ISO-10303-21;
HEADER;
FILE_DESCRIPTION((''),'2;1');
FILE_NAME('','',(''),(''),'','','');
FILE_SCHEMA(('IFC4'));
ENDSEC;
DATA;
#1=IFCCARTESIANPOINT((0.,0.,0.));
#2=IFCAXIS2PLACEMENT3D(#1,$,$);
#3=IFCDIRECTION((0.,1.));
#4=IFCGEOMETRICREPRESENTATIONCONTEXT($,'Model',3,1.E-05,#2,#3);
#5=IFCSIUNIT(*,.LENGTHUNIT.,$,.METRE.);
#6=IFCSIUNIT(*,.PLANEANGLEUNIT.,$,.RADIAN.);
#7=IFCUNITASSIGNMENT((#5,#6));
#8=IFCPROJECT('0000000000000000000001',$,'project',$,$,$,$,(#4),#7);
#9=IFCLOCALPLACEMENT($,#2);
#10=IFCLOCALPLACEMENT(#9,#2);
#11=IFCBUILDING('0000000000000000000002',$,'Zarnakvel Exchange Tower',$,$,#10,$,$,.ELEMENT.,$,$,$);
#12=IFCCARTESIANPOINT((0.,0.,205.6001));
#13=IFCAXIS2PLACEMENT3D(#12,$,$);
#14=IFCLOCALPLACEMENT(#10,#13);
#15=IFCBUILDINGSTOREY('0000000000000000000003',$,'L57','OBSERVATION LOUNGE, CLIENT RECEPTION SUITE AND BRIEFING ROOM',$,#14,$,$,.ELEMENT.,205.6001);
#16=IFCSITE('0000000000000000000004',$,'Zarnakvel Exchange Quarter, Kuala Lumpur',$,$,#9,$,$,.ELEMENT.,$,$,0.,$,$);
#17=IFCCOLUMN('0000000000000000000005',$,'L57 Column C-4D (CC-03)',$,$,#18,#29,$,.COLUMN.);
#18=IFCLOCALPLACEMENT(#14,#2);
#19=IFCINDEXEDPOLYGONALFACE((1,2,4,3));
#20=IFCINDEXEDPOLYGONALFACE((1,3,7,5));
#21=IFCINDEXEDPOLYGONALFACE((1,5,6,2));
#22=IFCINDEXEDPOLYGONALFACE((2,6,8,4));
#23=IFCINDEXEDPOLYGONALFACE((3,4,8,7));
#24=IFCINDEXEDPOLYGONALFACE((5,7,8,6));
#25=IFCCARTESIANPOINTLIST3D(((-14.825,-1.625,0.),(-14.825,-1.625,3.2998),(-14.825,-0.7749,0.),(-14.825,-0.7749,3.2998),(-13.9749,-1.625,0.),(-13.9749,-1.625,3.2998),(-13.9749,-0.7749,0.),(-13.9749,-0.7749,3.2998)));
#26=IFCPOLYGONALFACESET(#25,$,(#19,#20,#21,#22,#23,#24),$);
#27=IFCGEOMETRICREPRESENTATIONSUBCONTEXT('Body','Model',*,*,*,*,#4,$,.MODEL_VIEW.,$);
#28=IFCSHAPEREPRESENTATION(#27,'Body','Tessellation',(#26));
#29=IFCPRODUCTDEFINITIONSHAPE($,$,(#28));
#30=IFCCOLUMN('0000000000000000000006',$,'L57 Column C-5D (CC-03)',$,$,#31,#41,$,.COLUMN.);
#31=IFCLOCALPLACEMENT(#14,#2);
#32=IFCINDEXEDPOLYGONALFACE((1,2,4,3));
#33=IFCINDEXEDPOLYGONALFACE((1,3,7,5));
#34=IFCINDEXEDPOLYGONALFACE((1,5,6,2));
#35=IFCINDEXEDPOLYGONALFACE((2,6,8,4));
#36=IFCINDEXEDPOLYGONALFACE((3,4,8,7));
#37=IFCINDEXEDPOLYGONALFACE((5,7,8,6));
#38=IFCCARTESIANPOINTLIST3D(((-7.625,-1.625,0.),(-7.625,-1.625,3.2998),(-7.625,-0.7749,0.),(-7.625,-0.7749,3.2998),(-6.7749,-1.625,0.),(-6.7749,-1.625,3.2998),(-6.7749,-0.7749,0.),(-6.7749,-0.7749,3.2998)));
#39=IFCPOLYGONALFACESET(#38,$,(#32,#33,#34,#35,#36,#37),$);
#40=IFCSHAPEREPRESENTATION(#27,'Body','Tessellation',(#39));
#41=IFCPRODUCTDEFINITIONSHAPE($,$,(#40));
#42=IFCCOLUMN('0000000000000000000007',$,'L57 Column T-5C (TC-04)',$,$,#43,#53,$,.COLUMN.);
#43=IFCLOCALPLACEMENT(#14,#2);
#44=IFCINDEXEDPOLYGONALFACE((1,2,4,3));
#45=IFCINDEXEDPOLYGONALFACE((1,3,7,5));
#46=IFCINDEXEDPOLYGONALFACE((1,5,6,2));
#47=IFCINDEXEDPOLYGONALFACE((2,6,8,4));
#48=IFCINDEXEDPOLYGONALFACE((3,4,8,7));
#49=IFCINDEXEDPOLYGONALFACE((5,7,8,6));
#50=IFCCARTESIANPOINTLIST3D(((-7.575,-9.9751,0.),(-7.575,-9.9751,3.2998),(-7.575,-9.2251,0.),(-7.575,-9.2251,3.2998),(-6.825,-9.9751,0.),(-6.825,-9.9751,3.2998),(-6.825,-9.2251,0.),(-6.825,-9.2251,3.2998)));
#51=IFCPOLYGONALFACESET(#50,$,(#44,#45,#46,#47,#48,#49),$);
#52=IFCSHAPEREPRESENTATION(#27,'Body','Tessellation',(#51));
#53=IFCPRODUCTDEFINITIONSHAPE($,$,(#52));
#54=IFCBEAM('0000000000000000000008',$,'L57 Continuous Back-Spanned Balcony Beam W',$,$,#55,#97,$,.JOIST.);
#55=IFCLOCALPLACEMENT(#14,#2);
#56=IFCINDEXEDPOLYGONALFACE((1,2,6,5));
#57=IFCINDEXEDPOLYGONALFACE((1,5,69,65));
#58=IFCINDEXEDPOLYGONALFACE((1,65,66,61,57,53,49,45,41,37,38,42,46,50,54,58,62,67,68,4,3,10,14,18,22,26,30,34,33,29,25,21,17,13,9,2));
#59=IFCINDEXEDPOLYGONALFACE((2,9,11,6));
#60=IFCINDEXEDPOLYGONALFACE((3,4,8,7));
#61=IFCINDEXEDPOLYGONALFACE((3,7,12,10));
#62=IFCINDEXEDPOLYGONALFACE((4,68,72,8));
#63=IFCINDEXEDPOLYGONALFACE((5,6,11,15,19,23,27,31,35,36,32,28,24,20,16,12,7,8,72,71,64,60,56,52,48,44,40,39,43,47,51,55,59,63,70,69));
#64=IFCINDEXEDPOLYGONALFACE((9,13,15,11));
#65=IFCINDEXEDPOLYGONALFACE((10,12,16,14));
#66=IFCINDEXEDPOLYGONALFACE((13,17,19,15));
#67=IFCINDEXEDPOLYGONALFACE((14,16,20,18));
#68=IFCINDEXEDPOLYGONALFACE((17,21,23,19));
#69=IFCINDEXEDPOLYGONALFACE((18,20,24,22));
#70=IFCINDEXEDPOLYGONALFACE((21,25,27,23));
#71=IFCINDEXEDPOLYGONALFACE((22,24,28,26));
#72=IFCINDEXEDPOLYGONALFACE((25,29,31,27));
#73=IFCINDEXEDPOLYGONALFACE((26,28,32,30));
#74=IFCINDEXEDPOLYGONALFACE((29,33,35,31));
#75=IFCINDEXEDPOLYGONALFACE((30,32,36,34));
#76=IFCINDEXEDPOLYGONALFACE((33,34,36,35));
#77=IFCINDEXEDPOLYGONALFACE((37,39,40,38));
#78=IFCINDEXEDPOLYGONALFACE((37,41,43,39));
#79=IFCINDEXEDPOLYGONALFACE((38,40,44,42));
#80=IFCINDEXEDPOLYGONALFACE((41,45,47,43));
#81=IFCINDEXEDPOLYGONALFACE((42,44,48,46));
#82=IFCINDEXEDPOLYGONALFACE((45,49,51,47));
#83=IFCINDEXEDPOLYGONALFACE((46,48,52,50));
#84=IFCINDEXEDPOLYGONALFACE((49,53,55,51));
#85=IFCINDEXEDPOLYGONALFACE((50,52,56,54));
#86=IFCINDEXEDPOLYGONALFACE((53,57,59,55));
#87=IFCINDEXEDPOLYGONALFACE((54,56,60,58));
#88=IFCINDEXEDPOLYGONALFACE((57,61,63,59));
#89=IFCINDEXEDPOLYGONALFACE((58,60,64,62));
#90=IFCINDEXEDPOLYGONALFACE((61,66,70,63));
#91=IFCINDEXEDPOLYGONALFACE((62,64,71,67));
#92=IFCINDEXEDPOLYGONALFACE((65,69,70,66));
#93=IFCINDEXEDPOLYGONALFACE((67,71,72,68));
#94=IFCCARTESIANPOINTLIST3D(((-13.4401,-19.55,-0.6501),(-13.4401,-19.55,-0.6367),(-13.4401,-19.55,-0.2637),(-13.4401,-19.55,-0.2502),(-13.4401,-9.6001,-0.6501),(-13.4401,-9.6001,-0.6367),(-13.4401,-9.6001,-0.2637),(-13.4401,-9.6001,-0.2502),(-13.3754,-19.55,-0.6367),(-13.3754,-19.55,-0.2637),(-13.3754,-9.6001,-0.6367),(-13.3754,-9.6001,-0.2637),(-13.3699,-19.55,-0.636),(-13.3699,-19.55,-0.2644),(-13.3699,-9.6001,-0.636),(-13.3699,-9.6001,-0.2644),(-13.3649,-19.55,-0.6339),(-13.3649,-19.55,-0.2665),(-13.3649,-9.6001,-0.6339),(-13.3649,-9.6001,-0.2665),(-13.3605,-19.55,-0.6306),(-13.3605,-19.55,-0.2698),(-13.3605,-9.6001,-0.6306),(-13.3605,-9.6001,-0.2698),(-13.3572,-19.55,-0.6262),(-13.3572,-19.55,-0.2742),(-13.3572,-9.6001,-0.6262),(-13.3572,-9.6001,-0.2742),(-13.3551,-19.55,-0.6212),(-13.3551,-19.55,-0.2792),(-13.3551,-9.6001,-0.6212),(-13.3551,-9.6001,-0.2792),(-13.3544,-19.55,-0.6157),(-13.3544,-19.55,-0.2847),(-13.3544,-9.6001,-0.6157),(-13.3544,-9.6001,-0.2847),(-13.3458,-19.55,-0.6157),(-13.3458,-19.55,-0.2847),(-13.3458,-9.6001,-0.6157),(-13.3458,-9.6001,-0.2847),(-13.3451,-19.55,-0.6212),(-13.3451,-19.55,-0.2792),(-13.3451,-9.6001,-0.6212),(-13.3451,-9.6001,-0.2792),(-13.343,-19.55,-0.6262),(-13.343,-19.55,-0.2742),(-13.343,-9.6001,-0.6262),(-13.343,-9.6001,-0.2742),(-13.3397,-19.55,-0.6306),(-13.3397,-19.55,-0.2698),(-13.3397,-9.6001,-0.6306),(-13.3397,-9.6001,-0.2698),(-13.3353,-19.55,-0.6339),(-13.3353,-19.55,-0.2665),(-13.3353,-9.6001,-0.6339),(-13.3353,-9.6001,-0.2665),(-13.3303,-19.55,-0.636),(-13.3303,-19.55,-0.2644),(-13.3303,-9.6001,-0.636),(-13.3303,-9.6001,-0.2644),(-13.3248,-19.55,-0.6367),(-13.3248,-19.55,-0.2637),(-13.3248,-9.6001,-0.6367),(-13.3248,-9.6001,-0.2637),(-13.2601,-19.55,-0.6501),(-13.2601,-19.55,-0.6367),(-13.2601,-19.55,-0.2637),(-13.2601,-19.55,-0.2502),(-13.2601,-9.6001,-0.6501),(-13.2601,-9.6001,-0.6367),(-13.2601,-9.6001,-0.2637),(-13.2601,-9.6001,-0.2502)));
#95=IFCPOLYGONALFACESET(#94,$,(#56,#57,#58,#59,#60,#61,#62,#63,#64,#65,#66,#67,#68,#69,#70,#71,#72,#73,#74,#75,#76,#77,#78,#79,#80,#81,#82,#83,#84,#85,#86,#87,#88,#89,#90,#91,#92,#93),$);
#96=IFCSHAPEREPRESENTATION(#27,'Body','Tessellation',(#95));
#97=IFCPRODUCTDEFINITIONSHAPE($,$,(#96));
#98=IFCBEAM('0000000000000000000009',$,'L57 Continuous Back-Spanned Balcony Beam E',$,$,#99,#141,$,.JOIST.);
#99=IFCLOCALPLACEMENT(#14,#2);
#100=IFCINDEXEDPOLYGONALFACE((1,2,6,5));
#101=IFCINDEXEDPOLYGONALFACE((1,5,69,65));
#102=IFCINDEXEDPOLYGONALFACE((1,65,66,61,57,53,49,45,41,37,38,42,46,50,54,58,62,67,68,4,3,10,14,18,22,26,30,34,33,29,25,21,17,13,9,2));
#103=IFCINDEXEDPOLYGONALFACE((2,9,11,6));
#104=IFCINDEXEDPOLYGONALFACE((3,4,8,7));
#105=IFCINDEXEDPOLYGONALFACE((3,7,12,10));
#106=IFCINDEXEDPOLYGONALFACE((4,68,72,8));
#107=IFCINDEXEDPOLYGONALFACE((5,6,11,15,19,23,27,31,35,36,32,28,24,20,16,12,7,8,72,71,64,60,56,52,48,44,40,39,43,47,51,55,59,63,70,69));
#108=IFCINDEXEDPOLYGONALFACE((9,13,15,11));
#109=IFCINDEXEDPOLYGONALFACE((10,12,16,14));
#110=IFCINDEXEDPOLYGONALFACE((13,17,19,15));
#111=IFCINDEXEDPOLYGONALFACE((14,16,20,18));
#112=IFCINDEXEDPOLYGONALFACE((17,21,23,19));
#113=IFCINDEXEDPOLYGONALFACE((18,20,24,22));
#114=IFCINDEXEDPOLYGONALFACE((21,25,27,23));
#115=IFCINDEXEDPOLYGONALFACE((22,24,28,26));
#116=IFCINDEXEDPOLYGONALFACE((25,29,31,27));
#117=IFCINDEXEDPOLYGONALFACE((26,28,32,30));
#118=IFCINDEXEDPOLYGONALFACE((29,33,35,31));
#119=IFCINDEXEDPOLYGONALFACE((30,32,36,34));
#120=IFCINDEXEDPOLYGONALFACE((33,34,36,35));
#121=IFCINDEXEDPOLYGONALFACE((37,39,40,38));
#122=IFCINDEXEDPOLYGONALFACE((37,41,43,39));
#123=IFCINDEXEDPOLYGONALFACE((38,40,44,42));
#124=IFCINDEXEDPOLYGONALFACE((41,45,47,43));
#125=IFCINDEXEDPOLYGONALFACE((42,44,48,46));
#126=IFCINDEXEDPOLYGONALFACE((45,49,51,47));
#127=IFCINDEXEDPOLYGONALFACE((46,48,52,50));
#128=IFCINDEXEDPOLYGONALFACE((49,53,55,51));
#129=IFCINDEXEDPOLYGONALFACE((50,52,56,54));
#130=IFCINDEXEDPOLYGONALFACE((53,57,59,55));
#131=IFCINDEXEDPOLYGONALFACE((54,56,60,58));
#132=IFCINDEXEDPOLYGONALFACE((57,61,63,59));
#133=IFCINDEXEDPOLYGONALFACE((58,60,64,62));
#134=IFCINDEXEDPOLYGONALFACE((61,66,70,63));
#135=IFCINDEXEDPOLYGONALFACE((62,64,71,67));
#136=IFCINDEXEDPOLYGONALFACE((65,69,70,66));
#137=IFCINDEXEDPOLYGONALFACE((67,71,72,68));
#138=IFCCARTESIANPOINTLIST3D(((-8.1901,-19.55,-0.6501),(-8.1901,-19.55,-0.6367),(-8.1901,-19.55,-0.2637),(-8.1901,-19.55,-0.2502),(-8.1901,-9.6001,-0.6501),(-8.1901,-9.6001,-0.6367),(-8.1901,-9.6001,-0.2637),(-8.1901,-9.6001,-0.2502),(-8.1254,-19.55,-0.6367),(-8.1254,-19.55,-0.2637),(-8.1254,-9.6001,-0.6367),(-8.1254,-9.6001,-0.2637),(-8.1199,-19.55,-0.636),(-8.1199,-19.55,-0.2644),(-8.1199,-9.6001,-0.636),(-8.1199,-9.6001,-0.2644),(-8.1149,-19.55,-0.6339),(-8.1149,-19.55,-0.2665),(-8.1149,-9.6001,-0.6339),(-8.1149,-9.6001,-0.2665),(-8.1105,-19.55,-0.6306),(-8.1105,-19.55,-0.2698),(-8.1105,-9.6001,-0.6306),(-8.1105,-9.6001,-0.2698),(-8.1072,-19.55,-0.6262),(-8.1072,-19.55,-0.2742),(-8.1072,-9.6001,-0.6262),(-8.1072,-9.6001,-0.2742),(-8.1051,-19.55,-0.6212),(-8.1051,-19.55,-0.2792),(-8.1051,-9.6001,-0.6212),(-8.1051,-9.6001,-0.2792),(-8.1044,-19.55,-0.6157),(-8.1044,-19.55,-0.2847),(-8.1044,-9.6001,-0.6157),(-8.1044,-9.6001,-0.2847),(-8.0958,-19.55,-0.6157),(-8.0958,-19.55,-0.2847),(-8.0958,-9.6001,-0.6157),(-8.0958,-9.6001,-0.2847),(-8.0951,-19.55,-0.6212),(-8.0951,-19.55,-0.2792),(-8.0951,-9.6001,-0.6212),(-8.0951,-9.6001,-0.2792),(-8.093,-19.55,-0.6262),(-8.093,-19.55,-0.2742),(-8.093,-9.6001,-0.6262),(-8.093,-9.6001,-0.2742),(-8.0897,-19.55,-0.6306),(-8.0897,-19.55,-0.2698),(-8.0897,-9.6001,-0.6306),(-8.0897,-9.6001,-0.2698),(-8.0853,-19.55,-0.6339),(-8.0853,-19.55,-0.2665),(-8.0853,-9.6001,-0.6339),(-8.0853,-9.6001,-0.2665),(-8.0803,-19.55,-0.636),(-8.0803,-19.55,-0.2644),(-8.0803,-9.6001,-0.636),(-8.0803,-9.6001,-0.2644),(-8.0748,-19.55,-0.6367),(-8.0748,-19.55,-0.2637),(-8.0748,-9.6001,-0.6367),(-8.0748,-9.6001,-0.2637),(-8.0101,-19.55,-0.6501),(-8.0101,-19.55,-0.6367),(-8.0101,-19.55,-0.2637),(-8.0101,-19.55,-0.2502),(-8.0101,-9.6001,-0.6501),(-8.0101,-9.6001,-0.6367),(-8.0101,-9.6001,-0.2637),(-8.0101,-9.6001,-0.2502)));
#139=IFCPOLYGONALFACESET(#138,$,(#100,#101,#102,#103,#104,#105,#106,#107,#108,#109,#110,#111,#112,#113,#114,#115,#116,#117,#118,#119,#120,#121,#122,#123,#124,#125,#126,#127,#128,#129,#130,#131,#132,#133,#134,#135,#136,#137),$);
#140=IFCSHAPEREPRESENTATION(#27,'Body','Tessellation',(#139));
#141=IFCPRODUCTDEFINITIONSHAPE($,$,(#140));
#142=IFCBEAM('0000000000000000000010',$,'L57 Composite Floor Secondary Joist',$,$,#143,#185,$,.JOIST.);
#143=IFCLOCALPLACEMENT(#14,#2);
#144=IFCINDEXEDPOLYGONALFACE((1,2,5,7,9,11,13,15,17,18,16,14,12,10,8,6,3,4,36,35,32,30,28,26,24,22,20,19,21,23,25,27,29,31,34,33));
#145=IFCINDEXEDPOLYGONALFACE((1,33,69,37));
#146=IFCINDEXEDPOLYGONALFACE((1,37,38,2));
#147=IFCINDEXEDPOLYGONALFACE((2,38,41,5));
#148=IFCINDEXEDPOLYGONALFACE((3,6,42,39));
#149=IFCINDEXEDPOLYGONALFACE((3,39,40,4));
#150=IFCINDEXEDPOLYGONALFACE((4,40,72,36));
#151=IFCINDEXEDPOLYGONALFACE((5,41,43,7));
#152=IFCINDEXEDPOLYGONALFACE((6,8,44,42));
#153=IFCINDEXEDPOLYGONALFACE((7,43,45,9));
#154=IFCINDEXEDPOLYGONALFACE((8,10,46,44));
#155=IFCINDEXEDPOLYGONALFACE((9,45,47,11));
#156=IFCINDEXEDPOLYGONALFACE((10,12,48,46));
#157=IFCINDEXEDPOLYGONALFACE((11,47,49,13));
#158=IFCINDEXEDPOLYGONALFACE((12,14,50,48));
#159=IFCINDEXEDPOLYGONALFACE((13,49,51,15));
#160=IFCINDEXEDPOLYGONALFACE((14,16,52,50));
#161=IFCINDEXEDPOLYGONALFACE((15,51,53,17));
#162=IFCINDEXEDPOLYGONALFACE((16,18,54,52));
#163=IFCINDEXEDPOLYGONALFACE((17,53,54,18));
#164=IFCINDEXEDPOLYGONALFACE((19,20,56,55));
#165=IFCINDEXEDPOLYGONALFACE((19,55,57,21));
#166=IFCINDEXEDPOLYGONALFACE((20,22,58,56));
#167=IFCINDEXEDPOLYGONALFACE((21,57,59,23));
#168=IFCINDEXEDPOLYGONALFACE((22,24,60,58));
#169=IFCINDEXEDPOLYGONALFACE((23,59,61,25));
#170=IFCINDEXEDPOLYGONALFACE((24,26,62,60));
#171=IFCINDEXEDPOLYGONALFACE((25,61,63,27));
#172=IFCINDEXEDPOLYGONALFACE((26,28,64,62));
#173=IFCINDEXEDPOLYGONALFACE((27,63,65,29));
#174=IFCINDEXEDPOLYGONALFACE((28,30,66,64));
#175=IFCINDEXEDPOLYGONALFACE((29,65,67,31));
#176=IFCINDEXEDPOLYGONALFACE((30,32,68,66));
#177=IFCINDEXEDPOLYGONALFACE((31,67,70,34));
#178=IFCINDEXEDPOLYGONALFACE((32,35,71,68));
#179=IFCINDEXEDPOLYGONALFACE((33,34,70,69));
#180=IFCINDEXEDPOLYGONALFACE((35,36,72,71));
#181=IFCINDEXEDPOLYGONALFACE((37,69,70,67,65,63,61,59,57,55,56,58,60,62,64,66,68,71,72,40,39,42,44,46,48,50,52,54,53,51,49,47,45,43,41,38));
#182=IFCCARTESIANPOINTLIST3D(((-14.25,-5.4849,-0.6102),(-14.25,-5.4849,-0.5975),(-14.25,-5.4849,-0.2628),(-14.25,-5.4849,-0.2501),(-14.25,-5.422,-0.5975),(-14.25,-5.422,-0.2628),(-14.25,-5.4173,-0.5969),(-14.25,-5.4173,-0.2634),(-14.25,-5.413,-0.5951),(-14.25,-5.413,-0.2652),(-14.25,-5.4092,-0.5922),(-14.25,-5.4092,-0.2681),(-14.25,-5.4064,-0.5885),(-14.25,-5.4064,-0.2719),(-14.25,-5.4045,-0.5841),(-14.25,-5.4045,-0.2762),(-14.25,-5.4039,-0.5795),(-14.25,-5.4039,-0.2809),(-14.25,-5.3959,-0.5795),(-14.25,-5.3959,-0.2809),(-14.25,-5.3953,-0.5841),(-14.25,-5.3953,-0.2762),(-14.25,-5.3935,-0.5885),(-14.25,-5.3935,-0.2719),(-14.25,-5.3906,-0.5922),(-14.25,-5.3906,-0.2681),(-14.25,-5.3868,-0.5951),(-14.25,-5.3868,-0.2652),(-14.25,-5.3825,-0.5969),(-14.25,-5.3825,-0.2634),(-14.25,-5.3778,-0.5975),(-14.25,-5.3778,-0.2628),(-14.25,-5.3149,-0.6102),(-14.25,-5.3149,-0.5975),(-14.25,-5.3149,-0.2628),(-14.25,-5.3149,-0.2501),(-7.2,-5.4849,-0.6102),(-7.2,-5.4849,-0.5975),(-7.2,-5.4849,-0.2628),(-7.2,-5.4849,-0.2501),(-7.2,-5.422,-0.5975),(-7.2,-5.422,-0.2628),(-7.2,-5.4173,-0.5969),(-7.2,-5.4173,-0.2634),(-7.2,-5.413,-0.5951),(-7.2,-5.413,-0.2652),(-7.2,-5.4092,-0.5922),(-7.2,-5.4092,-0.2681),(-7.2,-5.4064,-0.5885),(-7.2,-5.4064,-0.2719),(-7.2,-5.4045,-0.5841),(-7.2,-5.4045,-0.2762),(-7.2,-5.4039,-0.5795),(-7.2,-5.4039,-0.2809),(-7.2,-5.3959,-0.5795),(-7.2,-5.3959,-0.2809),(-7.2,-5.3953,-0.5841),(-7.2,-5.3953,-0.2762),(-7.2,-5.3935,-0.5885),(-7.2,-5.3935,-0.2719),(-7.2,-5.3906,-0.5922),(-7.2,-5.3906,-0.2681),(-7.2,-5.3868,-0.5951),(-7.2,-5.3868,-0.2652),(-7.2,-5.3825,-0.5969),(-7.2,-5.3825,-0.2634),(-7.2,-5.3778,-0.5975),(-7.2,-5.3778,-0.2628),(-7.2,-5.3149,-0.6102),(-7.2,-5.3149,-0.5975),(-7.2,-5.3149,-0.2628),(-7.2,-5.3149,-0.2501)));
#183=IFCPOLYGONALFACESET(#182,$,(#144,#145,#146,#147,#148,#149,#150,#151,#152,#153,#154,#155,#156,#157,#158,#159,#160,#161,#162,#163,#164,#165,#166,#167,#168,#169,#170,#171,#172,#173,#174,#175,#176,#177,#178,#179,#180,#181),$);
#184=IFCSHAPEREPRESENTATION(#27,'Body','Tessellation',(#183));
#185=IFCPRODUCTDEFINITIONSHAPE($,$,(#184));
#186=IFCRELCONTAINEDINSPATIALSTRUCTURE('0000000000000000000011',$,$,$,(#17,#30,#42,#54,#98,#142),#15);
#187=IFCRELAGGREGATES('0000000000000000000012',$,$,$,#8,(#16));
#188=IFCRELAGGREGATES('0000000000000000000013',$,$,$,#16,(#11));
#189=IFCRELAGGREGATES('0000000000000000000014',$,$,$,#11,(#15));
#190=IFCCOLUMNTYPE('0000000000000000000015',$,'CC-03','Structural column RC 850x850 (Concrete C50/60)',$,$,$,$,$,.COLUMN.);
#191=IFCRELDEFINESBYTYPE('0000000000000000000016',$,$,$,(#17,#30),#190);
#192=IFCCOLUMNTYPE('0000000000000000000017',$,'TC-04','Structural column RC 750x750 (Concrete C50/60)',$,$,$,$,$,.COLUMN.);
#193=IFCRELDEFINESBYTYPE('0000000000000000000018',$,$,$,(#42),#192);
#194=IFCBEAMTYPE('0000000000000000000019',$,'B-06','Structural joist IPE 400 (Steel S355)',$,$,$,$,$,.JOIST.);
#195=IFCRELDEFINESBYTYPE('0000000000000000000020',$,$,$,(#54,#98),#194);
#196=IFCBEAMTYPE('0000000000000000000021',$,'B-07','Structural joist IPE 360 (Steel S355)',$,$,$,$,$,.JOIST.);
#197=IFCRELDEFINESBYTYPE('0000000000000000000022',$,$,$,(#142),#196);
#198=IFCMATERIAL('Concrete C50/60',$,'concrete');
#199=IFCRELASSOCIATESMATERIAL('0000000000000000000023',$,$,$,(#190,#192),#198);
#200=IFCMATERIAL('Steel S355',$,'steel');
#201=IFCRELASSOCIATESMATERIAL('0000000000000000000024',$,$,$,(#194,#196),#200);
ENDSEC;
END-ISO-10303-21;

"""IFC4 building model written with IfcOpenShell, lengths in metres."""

from ifc_helpers import new_model, si_unit, direction, frame, origin, origin_2d, place, context, subcontext, project, spatial, rectangle, i_section, extrude, material, material_profile, profile_set, type_object, element, save


model = new_model("IFC4")

# Units and contexts
model_context = context("Model", 3, precision=1e-05, world=origin(), true_north=direction((0.0, 1.0)))
body_context = subcontext(model_context, "Body", "Model", "MODEL_VIEW")
ifc_project = project(units=[si_unit("LENGTHUNIT", "METRE"), si_unit("PLANEANGLEUNIT", "RADIAN")], contexts=[model_context])

# Site, building, storey
site_placement = place(None, origin())
site = spatial("IfcSite", under=ifc_project, at=site_placement, Name="Zarnakvel Exchange Quarter, Kuala Lumpur", CompositionType="ELEMENT", RefElevation=0.0)
building_placement = place(site_placement, origin())
building = spatial("IfcBuilding", under=site, at=building_placement, Name="Zarnakvel Exchange Tower", CompositionType="ELEMENT")
storey_placement = place(building_placement, frame((0.0, 0.0, 205.6001)))
storey = spatial("IfcBuildingStorey", under=building, at=storey_placement, Name="L57", Description="OBSERVATION LOUNGE, CLIENT RECEPTION SUITE AND BRIEFING ROOM", CompositionType="ELEMENT", Elevation=205.6001)

# Columns
ifc_material_1 = material(Name="Concrete C50/60", Category="concrete")
ifc_material_profile_1 = material_profile(ifc_material_1, rectangle(XDim=0.8501, YDim=0.8501, at=origin_2d()))
ifc_profile_set_1 = profile_set([ifc_material_profile_1], Name="Concrete C50/60")
column_type_1 = type_object("IfcColumnType", Name="CC-03", Description="Structural column RC 850x850 (Concrete C50/60)", PredefinedType="COLUMN", material=ifc_profile_set_1)
for number, where, z_axis, x_axis, name in (
    (1, (-14.3999, -1.2, 0.0), (0.0, 0.0, 1.0), (1.0, 0.0, 0.0), "L57 Column C-4D (CC-03)"),
    (2, (-7.2, -1.2, 0.0), (0.0, 0.0, 1.0), (1.0, 0.0, 0.0), "L57 Column C-5D (CC-03)"),
):
    element("IfcColumn", number, at=place(storey_placement, frame(where, z_axis=z_axis, x_axis=x_axis)), inside=storey, type_object=column_type_1, Name=name, PredefinedType="COLUMN", context=body_context, shape_type="SweptSolid", body=[
        extrude(rectangle(XDim=0.8501, YDim=0.8501, at=origin_2d()), origin(), (0.0, 0.0, 1.0), 3.2998),
    ])
ifc_material_profile_2 = material_profile(ifc_material_1, rectangle(XDim=0.75, YDim=0.75, at=origin_2d()))
ifc_profile_set_2 = profile_set([ifc_material_profile_2], Name="Concrete C50/60")
column_type_2 = type_object("IfcColumnType", Name="TC-04", Description="Structural column RC 750x750 (Concrete C50/60)", PredefinedType="COLUMN", material=ifc_profile_set_2)
column_placement = place(storey_placement, frame((-7.2, -9.6001, 0.0), z_axis=(0.0, 0.0, 1.0), x_axis=(1.0, 0.0, 0.0)))
element("IfcColumn", 3, at=column_placement, inside=storey, type_object=column_type_2, Name="L57 Column T-5C (TC-04)", PredefinedType="COLUMN", context=body_context, shape_type="SweptSolid", body=[
    extrude(rectangle(XDim=0.75, YDim=0.75, at=origin_2d()), origin(), (0.0, 0.0, 1.0), 3.2998),
])

# Beams
ifc_material_2 = material(Name="Steel S355", Category="steel")
ifc_material_profile_3 = material_profile(ifc_material_2, i_section(OverallWidth=0.1799, OverallDepth=0.3999, WebThickness=0.0085, FlangeThickness=0.0134, FilletRadius=0.021, at=origin_2d()))
ifc_profile_set_3 = profile_set([ifc_material_profile_3], Name="Steel S355")
beam_type_1 = type_object("IfcBeamType", Name="B-06", Description="Structural joist IPE 400 (Steel S355)", PredefinedType="JOIST", material=ifc_profile_set_3)
for number, where, z_axis, x_axis, name in (
    (4, (-13.3501, -9.6001, -0.4502), (0.0, -1.0, 0.0), (1.0, 0.0, 0.0), "L57 Continuous Back-Spanned Balcony Beam W"),
    (5, (-8.1001, -9.6001, -0.4502), (0.0, -1.0, 0.0), (1.0, 0.0, 0.0), "L57 Continuous Back-Spanned Balcony Beam E"),
):
    element("IfcBeam", number, at=place(storey_placement, frame(where, z_axis=z_axis, x_axis=x_axis)), inside=storey, type_object=beam_type_1, Name=name, PredefinedType="JOIST", context=body_context, shape_type="SweptSolid", body=[
        extrude(i_section(OverallWidth=0.1799, OverallDepth=0.3999, WebThickness=0.0085, FlangeThickness=0.0134, FilletRadius=0.021, at=origin_2d()), origin(), (0.0, 0.0, 1.0), 9.95),
    ])
ifc_material_profile_4 = material_profile(ifc_material_2, i_section(OverallWidth=0.1699, OverallDepth=0.3601, WebThickness=0.0081, FlangeThickness=0.0127, FilletRadius=0.0181, at=origin_2d()))
ifc_profile_set_4 = profile_set([ifc_material_profile_4], Name="Steel S355")
beam_type_2 = type_object("IfcBeamType", Name="B-07", Description="Structural joist IPE 360 (Steel S355)", PredefinedType="JOIST", material=ifc_profile_set_4)
beam_1_placement = place(storey_placement, frame((-14.25, -5.3999, -0.4302), z_axis=(1.0, 0.0, 0.0), x_axis=(0.0, 1.0, 0.0)))
element("IfcBeam", 6, at=beam_1_placement, inside=storey, type_object=beam_type_2, Name="L57 Composite Floor Secondary Joist", PredefinedType="JOIST", context=body_context, shape_type="SweptSolid", body=[
    extrude(i_section(OverallWidth=0.1699, OverallDepth=0.3601, WebThickness=0.0081, FlangeThickness=0.0127, FilletRadius=0.0181, at=origin_2d()), origin(), (0.0, 0.0, 1.0), 7.05),
])

save(model, "model.ifc")
